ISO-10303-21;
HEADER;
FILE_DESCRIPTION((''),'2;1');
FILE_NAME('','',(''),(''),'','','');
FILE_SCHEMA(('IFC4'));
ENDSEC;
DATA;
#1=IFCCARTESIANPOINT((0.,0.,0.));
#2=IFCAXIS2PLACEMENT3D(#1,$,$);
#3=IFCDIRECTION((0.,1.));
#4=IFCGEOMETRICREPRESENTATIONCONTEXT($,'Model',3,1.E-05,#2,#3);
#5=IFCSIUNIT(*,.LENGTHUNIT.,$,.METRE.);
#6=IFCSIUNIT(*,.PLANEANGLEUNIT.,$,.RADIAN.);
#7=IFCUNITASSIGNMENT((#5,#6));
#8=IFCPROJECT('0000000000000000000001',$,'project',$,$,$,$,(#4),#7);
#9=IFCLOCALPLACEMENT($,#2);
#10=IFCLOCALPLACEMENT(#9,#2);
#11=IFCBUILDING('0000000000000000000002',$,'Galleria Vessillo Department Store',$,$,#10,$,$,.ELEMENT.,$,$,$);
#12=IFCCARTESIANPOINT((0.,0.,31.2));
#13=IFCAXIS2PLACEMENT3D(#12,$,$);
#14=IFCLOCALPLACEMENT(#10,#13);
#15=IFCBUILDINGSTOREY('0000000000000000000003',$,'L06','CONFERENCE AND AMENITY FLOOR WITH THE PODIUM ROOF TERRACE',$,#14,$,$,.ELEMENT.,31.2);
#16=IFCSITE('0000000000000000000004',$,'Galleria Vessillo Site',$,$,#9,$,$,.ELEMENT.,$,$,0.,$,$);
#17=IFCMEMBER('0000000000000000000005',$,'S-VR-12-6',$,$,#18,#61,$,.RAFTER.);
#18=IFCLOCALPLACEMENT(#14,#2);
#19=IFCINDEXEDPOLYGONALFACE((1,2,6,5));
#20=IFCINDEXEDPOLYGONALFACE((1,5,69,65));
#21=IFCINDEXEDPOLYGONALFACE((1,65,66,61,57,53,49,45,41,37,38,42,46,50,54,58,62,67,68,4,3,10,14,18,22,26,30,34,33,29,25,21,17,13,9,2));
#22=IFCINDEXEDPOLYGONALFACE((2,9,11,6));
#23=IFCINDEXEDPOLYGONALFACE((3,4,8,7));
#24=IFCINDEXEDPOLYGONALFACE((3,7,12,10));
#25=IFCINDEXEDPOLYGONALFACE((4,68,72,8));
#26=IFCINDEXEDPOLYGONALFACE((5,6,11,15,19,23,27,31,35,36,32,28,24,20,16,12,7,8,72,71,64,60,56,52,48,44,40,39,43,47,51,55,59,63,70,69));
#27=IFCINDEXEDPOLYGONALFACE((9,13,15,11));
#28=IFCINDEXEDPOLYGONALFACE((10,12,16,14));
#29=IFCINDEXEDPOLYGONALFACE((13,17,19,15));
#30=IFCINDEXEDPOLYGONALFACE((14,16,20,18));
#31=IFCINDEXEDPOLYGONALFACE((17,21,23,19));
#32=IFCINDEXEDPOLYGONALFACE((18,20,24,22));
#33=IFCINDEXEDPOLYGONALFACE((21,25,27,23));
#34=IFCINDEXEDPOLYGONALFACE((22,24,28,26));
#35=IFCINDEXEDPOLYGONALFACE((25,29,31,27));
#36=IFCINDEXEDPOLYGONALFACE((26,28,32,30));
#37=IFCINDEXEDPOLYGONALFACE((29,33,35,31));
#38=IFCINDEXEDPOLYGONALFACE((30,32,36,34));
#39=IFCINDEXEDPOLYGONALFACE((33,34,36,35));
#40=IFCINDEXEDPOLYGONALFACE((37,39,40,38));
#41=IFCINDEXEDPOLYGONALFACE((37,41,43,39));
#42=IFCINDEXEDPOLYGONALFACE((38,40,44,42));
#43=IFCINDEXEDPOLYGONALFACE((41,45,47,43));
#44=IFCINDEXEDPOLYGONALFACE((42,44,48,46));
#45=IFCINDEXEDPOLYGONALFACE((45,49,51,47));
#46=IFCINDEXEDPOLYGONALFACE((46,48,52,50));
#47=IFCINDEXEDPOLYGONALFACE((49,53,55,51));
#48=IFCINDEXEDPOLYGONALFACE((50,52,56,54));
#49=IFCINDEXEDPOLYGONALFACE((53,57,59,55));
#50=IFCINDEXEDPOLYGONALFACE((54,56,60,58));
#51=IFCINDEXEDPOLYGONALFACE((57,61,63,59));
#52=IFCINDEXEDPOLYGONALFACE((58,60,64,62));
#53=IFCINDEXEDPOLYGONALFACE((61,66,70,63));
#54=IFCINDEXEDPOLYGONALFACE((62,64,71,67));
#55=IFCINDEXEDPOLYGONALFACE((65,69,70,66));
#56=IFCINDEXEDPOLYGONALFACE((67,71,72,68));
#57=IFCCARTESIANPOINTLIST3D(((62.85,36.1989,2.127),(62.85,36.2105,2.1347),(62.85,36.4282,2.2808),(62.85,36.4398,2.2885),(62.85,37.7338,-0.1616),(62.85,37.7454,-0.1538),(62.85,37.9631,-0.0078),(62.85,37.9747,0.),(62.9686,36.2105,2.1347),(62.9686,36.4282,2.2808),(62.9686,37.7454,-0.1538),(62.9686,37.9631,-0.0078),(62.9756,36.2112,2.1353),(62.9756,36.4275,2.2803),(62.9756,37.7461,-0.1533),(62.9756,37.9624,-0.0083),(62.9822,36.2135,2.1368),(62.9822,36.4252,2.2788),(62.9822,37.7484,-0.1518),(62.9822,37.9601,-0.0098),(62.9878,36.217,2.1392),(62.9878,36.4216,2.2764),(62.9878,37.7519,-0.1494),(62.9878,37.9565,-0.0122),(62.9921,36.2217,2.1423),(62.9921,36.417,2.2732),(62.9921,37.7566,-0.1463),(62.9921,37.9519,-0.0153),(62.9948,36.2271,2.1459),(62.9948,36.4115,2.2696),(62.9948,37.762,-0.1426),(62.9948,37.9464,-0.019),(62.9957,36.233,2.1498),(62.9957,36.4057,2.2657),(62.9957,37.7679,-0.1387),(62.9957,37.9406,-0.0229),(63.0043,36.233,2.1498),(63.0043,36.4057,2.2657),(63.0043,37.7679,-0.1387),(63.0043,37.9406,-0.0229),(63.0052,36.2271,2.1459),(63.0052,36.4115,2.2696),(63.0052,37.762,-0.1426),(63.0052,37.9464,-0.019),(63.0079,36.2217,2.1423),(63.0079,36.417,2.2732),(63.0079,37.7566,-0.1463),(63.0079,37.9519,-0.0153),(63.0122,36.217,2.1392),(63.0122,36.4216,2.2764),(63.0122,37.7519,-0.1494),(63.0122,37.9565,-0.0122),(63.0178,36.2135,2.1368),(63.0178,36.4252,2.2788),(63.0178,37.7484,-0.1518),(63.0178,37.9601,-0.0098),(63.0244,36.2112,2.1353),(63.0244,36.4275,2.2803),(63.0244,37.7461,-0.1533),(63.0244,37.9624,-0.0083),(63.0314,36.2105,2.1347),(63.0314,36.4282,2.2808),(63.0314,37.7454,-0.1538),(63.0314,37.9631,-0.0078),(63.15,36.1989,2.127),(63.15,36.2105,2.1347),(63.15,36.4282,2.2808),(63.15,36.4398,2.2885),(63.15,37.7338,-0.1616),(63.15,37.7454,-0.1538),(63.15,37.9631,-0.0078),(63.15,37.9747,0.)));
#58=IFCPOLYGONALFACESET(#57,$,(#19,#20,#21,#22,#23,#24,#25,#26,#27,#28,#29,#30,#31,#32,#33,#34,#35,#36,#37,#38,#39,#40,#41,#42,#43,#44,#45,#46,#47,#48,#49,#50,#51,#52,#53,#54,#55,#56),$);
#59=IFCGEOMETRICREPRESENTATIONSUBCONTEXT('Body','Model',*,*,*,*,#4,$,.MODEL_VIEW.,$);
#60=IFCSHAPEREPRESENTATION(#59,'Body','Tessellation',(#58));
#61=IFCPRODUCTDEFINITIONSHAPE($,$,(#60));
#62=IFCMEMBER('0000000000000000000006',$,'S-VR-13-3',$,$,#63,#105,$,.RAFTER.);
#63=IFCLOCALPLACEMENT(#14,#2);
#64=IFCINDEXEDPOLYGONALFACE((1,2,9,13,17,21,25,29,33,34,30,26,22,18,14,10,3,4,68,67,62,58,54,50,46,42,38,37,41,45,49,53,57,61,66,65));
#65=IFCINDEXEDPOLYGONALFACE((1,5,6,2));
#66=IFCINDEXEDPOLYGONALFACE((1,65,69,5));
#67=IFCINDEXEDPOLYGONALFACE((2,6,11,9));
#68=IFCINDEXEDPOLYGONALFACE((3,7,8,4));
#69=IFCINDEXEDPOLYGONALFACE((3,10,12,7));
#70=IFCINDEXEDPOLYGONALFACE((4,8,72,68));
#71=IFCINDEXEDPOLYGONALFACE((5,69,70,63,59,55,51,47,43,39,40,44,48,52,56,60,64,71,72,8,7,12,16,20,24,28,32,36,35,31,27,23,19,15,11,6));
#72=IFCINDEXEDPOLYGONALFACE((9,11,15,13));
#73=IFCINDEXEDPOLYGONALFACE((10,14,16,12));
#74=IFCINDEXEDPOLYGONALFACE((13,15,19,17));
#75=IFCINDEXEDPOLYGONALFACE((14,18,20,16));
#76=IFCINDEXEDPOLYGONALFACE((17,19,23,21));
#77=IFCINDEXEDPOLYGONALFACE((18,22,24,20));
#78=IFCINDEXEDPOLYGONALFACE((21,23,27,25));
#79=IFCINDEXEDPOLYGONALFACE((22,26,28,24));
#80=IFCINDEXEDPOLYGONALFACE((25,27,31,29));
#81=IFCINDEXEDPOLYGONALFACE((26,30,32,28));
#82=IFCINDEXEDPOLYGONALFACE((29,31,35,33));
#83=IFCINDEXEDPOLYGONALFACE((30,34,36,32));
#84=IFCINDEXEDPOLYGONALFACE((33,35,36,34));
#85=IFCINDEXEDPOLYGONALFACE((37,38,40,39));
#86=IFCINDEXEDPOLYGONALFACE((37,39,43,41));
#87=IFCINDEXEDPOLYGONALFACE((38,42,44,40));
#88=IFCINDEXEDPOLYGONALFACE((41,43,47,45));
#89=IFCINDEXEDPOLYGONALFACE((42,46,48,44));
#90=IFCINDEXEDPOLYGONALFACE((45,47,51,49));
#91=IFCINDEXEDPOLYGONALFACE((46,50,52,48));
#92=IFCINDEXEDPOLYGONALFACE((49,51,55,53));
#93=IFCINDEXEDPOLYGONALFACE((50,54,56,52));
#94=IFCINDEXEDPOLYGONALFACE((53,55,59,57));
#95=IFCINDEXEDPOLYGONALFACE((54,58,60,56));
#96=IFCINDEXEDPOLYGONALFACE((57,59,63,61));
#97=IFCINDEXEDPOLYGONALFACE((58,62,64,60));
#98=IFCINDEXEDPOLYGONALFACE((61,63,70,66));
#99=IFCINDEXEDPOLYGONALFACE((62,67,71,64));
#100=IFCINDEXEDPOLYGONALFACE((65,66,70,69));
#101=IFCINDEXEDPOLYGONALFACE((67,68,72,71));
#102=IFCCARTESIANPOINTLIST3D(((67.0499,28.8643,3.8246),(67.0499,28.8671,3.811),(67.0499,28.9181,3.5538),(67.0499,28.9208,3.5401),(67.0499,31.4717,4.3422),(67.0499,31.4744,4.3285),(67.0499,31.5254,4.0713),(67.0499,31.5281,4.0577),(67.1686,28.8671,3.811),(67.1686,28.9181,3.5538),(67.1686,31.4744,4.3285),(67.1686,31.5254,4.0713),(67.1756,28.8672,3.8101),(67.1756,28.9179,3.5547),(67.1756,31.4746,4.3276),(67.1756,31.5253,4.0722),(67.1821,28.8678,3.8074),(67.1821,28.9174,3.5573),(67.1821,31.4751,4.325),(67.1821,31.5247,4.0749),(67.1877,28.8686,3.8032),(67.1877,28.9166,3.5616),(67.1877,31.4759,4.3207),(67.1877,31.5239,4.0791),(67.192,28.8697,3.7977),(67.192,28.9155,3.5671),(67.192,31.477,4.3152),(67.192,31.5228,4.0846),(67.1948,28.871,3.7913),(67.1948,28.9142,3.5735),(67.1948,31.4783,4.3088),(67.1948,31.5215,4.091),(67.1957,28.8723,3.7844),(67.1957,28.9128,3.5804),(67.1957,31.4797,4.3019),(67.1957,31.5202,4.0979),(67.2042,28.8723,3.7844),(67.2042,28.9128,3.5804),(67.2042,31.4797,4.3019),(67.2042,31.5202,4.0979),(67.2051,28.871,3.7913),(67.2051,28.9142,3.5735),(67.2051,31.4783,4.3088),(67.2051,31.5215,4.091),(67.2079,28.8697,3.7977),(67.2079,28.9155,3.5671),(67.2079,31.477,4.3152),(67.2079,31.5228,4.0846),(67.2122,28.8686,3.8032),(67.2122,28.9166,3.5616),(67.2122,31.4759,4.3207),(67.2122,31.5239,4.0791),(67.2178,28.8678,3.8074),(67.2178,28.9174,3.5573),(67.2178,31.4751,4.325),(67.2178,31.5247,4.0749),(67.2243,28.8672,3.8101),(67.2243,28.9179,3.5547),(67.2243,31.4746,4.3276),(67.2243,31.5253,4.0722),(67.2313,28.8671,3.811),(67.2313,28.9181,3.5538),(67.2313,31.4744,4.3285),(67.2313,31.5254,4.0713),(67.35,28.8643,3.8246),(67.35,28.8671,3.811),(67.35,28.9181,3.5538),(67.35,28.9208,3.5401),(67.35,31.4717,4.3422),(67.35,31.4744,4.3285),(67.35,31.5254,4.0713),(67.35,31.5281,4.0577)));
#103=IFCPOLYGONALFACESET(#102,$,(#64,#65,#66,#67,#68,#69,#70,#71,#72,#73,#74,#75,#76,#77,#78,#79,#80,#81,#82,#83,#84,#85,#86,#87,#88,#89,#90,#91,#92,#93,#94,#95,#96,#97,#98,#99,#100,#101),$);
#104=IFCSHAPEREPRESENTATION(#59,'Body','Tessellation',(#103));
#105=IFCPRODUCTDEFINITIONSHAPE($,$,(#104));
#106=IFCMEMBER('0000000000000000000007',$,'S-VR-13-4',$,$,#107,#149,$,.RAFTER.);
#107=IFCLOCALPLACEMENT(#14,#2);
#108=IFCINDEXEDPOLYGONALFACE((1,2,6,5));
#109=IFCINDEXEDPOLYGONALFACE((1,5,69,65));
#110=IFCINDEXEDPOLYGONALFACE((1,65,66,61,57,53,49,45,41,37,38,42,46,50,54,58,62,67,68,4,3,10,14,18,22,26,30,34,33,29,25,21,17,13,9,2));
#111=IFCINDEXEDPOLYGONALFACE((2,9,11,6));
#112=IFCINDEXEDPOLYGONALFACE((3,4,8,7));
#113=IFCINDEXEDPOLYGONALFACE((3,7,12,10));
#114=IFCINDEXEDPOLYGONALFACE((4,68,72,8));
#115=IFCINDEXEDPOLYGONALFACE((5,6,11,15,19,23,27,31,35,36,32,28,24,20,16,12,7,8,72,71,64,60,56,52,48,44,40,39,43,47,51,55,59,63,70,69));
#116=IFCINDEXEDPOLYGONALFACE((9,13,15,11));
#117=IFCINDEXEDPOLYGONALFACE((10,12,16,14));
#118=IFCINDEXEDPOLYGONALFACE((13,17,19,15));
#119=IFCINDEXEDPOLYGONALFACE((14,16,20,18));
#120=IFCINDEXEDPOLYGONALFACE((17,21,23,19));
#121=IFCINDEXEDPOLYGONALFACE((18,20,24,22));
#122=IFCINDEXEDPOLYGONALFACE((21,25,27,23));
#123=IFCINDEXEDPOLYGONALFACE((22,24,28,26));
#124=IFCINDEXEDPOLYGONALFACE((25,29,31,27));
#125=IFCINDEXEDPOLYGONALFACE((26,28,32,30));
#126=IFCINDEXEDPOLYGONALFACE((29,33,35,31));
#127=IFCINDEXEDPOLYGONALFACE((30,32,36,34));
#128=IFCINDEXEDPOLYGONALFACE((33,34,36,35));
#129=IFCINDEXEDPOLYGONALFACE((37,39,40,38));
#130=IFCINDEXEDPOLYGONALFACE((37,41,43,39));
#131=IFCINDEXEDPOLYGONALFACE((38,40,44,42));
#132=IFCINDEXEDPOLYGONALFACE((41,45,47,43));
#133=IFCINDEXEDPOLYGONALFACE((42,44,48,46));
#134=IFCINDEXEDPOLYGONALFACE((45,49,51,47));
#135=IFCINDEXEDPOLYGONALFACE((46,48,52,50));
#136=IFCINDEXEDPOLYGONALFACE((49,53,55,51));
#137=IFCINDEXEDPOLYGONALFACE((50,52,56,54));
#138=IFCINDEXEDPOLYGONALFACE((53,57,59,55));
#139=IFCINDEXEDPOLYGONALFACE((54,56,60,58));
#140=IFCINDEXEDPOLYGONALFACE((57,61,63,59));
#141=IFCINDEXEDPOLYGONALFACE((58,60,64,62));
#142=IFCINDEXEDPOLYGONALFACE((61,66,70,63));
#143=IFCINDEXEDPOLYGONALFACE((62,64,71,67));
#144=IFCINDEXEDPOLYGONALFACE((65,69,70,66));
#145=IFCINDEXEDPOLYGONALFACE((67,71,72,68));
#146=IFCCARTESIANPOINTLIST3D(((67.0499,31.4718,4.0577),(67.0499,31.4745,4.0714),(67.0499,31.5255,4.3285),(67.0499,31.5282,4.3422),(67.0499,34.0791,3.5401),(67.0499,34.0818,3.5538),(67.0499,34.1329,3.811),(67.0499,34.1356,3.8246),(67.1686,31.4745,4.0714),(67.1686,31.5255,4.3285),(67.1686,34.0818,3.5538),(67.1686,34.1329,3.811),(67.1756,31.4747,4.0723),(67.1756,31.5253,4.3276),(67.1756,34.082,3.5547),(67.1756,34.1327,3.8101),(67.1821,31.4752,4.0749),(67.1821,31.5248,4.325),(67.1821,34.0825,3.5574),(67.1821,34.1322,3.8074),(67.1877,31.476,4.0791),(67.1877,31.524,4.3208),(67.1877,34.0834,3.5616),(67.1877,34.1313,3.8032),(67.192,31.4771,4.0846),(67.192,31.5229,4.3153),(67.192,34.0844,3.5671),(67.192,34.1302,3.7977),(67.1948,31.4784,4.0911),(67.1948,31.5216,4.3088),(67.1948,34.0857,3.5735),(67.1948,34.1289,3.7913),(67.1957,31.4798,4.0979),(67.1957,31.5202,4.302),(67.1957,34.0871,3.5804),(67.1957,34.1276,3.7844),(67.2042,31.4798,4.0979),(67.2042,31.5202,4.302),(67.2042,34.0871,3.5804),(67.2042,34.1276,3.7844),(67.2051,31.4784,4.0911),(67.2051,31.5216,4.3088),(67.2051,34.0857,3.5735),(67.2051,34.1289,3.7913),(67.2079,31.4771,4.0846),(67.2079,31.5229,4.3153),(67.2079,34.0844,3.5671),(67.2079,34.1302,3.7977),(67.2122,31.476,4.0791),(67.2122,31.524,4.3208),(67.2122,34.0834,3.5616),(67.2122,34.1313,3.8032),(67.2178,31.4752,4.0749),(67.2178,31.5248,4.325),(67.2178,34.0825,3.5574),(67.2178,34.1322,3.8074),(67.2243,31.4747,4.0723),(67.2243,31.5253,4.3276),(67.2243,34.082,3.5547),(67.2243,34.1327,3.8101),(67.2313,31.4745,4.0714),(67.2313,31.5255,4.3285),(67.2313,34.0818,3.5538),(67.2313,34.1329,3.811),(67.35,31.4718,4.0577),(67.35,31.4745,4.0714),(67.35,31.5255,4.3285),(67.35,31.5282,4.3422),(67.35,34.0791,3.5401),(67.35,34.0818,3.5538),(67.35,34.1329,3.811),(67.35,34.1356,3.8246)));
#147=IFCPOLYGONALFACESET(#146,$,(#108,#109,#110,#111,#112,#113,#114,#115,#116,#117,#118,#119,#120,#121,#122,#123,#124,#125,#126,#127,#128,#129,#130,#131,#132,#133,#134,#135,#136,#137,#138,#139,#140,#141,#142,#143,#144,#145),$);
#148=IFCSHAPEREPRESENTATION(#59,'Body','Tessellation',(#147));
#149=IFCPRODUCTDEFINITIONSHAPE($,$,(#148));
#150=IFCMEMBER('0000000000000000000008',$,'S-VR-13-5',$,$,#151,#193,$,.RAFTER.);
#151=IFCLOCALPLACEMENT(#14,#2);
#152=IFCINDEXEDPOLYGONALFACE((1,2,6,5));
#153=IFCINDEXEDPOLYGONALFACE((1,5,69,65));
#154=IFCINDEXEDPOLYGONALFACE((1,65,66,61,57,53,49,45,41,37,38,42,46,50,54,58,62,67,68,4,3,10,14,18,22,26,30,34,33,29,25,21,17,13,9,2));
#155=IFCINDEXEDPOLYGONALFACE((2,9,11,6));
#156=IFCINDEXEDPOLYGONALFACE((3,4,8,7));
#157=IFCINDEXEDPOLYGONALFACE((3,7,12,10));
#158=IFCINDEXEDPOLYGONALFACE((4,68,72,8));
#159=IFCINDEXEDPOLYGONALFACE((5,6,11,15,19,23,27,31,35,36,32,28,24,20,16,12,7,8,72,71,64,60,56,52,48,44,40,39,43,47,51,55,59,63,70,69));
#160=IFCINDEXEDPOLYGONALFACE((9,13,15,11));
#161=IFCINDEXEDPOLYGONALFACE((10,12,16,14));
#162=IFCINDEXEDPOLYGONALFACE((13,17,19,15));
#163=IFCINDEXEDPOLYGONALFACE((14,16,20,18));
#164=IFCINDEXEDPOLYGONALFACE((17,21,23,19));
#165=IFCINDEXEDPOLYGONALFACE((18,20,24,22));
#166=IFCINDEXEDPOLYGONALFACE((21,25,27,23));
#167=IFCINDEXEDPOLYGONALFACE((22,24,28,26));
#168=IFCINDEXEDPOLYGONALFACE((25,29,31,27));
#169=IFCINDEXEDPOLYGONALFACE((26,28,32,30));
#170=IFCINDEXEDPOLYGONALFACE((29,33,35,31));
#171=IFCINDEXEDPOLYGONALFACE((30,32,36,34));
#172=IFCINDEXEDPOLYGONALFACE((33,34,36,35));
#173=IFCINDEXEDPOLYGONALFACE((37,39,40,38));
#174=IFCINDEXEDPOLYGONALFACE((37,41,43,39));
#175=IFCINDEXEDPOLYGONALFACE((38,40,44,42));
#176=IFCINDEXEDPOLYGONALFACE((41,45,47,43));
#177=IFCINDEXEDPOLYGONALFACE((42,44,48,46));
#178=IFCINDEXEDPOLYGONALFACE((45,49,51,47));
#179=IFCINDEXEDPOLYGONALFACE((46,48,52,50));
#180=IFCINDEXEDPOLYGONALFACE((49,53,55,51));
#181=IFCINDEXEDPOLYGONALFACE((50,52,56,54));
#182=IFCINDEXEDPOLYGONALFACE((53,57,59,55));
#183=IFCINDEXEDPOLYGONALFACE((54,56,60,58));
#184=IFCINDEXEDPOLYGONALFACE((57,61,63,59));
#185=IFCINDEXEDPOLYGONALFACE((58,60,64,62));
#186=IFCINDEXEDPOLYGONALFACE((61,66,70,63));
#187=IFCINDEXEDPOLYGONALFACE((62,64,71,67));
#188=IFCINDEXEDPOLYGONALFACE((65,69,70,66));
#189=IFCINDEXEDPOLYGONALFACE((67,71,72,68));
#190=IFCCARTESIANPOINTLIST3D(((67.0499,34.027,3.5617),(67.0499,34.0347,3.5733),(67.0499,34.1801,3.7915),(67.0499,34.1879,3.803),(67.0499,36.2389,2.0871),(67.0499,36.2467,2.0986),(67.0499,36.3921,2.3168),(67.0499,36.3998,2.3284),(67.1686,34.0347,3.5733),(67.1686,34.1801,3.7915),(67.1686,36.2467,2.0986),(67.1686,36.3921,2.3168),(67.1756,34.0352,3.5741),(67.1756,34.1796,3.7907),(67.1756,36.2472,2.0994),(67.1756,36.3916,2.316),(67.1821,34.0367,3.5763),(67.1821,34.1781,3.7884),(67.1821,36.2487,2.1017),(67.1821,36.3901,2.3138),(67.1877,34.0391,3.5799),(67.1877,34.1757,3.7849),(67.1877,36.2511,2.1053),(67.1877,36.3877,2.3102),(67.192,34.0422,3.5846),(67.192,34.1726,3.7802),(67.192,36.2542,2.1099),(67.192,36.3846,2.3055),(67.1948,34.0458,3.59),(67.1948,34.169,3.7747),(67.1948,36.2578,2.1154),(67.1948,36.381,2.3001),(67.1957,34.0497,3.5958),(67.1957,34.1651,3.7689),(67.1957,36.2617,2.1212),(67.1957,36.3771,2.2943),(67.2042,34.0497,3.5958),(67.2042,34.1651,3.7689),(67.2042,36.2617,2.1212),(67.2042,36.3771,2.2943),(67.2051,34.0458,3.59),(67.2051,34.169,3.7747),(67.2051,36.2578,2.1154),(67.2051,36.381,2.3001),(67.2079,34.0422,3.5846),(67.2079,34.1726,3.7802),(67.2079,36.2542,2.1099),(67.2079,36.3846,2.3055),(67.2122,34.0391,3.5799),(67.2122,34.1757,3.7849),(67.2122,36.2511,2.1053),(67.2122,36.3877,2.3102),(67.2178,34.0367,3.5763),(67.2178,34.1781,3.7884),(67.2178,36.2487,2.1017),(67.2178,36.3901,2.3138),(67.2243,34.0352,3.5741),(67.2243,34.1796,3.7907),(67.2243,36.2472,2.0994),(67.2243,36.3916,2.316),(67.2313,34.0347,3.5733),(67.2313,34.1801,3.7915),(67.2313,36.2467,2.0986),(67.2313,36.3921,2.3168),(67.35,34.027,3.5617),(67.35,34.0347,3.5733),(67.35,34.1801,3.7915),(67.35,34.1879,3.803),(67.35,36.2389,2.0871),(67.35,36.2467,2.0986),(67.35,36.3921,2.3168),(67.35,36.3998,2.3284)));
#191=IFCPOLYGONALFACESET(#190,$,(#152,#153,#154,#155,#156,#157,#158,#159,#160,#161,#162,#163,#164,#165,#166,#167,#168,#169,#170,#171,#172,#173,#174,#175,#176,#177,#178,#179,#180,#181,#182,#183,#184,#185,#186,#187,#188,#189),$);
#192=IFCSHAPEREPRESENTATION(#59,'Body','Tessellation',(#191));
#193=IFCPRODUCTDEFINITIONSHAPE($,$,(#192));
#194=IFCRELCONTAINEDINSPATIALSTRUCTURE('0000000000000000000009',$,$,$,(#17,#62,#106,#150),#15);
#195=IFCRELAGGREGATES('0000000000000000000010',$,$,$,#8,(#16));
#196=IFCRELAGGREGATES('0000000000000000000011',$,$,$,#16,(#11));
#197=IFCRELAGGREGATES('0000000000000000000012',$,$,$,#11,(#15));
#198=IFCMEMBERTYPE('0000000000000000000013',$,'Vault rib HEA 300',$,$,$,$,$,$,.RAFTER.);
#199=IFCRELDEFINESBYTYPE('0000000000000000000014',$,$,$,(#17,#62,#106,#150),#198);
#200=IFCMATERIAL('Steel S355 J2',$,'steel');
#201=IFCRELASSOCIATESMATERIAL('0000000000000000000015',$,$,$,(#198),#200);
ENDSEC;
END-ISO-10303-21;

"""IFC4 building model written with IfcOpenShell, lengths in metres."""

from ifc_helpers import new_model, si_unit, direction, frame, origin, origin_2d, place, context, subcontext, project, spatial, i_section, extrude, material, material_profile, profile_set, type_object, element, save


model = new_model("IFC4")

# Units and contexts
model_context = context("Model", 3, precision=1e-05, world=origin(), true_north=direction((0.0, 1.0)))
body_context = subcontext(model_context, "Body", "Model", "MODEL_VIEW")
ifc_project = project(units=[si_unit("LENGTHUNIT", "METRE"), si_unit("PLANEANGLEUNIT", "RADIAN")], contexts=[model_context])

# Site, building, storey
site_placement = place(None, origin())
site = spatial("IfcSite", under=ifc_project, at=site_placement, Name="Galleria Vessillo Site", CompositionType="ELEMENT", RefElevation=0.0)
building_placement = place(site_placement, origin())
building = spatial("IfcBuilding", under=site, at=building_placement, Name="Galleria Vessillo Department Store", CompositionType="ELEMENT")
storey_placement = place(building_placement, frame((0.0, 0.0, 31.2)))
storey = spatial("IfcBuildingStorey", under=building, at=storey_placement, Name="L06", Description="CONFERENCE AND AMENITY FLOOR WITH THE PODIUM ROOF TERRACE", CompositionType="ELEMENT", Elevation=31.2)

# Members
ifc_material_1 = material(Name="Steel S355 J2", Category="steel")
ifc_material_profile_1 = material_profile(ifc_material_1, i_section(OverallWidth=0.3, OverallDepth=0.29, WebThickness=0.0085, FlangeThickness=0.0139, FilletRadius=0.0271, at=origin_2d()), Name="HEA 300")
ifc_profile_set_1 = profile_set([ifc_material_profile_1], Name="Steel S355 J2")
member_type_1 = type_object("IfcMemberType", Name="Vault rib HEA 300", PredefinedType="RAFTER", material=ifc_profile_set_1)
member_1_placement = place(storey_placement, frame((63.0, 36.3193, 2.2078), z_axis=(0.0, 0.557008, -0.830507), x_axis=(-1.0, 0.0, 0.0)))
element("IfcMember", 1, at=member_1_placement, inside=storey, type_object=member_type_1, Name="S-VR-12-6", PredefinedType="RAFTER", context=body_context, shape_type="SweptSolid", body=[
    extrude(i_section(OverallWidth=0.3, OverallDepth=0.29, WebThickness=0.0085, FlangeThickness=0.0139, FilletRadius=0.0271, at=origin_2d()), origin(), (0.0, 0.0, 1.0), 2.7556),
])
for number, where, z_axis, x_axis, name in (
    (2, (67.2, 28.8926, 3.6824), (0.0, 0.980862, 0.194703), (-1.0, 0.0, 0.0), "S-VR-13-3"),
    (3, (67.2, 31.5, 4.2), (0.0, 0.980862, -0.194703), (-1.0, 0.0, 0.0), "S-VR-13-4"),
):
    element("IfcMember", number, at=place(storey_placement, frame(where, z_axis=z_axis, x_axis=x_axis)), inside=storey, type_object=member_type_1, Name=name, PredefinedType="RAFTER", context=body_context, shape_type="SweptSolid", body=[
        extrude(i_section(OverallWidth=0.3, OverallDepth=0.29, WebThickness=0.0085, FlangeThickness=0.0139, FilletRadius=0.0271, at=origin_2d()), origin(), (0.0, 0.0, 1.0), 2.6582),
    ])
member_2_placement = place(storey_placement, frame((67.2, 34.1074, 3.6824), z_axis=(0.0, 0.83205, -0.5547), x_axis=(-1.0, 0.0, 0.0)))
element("IfcMember", 4, at=member_2_placement, inside=storey, type_object=member_type_1, Name="S-VR-13-5", PredefinedType="RAFTER", context=body_context, shape_type="SweptSolid", body=[
    extrude(i_section(OverallWidth=0.3, OverallDepth=0.29, WebThickness=0.0085, FlangeThickness=0.0139, FilletRadius=0.0271, at=origin_2d()), origin(), (0.0, 0.0, 1.0), 2.6584),
])

save(model, "model.ifc")
